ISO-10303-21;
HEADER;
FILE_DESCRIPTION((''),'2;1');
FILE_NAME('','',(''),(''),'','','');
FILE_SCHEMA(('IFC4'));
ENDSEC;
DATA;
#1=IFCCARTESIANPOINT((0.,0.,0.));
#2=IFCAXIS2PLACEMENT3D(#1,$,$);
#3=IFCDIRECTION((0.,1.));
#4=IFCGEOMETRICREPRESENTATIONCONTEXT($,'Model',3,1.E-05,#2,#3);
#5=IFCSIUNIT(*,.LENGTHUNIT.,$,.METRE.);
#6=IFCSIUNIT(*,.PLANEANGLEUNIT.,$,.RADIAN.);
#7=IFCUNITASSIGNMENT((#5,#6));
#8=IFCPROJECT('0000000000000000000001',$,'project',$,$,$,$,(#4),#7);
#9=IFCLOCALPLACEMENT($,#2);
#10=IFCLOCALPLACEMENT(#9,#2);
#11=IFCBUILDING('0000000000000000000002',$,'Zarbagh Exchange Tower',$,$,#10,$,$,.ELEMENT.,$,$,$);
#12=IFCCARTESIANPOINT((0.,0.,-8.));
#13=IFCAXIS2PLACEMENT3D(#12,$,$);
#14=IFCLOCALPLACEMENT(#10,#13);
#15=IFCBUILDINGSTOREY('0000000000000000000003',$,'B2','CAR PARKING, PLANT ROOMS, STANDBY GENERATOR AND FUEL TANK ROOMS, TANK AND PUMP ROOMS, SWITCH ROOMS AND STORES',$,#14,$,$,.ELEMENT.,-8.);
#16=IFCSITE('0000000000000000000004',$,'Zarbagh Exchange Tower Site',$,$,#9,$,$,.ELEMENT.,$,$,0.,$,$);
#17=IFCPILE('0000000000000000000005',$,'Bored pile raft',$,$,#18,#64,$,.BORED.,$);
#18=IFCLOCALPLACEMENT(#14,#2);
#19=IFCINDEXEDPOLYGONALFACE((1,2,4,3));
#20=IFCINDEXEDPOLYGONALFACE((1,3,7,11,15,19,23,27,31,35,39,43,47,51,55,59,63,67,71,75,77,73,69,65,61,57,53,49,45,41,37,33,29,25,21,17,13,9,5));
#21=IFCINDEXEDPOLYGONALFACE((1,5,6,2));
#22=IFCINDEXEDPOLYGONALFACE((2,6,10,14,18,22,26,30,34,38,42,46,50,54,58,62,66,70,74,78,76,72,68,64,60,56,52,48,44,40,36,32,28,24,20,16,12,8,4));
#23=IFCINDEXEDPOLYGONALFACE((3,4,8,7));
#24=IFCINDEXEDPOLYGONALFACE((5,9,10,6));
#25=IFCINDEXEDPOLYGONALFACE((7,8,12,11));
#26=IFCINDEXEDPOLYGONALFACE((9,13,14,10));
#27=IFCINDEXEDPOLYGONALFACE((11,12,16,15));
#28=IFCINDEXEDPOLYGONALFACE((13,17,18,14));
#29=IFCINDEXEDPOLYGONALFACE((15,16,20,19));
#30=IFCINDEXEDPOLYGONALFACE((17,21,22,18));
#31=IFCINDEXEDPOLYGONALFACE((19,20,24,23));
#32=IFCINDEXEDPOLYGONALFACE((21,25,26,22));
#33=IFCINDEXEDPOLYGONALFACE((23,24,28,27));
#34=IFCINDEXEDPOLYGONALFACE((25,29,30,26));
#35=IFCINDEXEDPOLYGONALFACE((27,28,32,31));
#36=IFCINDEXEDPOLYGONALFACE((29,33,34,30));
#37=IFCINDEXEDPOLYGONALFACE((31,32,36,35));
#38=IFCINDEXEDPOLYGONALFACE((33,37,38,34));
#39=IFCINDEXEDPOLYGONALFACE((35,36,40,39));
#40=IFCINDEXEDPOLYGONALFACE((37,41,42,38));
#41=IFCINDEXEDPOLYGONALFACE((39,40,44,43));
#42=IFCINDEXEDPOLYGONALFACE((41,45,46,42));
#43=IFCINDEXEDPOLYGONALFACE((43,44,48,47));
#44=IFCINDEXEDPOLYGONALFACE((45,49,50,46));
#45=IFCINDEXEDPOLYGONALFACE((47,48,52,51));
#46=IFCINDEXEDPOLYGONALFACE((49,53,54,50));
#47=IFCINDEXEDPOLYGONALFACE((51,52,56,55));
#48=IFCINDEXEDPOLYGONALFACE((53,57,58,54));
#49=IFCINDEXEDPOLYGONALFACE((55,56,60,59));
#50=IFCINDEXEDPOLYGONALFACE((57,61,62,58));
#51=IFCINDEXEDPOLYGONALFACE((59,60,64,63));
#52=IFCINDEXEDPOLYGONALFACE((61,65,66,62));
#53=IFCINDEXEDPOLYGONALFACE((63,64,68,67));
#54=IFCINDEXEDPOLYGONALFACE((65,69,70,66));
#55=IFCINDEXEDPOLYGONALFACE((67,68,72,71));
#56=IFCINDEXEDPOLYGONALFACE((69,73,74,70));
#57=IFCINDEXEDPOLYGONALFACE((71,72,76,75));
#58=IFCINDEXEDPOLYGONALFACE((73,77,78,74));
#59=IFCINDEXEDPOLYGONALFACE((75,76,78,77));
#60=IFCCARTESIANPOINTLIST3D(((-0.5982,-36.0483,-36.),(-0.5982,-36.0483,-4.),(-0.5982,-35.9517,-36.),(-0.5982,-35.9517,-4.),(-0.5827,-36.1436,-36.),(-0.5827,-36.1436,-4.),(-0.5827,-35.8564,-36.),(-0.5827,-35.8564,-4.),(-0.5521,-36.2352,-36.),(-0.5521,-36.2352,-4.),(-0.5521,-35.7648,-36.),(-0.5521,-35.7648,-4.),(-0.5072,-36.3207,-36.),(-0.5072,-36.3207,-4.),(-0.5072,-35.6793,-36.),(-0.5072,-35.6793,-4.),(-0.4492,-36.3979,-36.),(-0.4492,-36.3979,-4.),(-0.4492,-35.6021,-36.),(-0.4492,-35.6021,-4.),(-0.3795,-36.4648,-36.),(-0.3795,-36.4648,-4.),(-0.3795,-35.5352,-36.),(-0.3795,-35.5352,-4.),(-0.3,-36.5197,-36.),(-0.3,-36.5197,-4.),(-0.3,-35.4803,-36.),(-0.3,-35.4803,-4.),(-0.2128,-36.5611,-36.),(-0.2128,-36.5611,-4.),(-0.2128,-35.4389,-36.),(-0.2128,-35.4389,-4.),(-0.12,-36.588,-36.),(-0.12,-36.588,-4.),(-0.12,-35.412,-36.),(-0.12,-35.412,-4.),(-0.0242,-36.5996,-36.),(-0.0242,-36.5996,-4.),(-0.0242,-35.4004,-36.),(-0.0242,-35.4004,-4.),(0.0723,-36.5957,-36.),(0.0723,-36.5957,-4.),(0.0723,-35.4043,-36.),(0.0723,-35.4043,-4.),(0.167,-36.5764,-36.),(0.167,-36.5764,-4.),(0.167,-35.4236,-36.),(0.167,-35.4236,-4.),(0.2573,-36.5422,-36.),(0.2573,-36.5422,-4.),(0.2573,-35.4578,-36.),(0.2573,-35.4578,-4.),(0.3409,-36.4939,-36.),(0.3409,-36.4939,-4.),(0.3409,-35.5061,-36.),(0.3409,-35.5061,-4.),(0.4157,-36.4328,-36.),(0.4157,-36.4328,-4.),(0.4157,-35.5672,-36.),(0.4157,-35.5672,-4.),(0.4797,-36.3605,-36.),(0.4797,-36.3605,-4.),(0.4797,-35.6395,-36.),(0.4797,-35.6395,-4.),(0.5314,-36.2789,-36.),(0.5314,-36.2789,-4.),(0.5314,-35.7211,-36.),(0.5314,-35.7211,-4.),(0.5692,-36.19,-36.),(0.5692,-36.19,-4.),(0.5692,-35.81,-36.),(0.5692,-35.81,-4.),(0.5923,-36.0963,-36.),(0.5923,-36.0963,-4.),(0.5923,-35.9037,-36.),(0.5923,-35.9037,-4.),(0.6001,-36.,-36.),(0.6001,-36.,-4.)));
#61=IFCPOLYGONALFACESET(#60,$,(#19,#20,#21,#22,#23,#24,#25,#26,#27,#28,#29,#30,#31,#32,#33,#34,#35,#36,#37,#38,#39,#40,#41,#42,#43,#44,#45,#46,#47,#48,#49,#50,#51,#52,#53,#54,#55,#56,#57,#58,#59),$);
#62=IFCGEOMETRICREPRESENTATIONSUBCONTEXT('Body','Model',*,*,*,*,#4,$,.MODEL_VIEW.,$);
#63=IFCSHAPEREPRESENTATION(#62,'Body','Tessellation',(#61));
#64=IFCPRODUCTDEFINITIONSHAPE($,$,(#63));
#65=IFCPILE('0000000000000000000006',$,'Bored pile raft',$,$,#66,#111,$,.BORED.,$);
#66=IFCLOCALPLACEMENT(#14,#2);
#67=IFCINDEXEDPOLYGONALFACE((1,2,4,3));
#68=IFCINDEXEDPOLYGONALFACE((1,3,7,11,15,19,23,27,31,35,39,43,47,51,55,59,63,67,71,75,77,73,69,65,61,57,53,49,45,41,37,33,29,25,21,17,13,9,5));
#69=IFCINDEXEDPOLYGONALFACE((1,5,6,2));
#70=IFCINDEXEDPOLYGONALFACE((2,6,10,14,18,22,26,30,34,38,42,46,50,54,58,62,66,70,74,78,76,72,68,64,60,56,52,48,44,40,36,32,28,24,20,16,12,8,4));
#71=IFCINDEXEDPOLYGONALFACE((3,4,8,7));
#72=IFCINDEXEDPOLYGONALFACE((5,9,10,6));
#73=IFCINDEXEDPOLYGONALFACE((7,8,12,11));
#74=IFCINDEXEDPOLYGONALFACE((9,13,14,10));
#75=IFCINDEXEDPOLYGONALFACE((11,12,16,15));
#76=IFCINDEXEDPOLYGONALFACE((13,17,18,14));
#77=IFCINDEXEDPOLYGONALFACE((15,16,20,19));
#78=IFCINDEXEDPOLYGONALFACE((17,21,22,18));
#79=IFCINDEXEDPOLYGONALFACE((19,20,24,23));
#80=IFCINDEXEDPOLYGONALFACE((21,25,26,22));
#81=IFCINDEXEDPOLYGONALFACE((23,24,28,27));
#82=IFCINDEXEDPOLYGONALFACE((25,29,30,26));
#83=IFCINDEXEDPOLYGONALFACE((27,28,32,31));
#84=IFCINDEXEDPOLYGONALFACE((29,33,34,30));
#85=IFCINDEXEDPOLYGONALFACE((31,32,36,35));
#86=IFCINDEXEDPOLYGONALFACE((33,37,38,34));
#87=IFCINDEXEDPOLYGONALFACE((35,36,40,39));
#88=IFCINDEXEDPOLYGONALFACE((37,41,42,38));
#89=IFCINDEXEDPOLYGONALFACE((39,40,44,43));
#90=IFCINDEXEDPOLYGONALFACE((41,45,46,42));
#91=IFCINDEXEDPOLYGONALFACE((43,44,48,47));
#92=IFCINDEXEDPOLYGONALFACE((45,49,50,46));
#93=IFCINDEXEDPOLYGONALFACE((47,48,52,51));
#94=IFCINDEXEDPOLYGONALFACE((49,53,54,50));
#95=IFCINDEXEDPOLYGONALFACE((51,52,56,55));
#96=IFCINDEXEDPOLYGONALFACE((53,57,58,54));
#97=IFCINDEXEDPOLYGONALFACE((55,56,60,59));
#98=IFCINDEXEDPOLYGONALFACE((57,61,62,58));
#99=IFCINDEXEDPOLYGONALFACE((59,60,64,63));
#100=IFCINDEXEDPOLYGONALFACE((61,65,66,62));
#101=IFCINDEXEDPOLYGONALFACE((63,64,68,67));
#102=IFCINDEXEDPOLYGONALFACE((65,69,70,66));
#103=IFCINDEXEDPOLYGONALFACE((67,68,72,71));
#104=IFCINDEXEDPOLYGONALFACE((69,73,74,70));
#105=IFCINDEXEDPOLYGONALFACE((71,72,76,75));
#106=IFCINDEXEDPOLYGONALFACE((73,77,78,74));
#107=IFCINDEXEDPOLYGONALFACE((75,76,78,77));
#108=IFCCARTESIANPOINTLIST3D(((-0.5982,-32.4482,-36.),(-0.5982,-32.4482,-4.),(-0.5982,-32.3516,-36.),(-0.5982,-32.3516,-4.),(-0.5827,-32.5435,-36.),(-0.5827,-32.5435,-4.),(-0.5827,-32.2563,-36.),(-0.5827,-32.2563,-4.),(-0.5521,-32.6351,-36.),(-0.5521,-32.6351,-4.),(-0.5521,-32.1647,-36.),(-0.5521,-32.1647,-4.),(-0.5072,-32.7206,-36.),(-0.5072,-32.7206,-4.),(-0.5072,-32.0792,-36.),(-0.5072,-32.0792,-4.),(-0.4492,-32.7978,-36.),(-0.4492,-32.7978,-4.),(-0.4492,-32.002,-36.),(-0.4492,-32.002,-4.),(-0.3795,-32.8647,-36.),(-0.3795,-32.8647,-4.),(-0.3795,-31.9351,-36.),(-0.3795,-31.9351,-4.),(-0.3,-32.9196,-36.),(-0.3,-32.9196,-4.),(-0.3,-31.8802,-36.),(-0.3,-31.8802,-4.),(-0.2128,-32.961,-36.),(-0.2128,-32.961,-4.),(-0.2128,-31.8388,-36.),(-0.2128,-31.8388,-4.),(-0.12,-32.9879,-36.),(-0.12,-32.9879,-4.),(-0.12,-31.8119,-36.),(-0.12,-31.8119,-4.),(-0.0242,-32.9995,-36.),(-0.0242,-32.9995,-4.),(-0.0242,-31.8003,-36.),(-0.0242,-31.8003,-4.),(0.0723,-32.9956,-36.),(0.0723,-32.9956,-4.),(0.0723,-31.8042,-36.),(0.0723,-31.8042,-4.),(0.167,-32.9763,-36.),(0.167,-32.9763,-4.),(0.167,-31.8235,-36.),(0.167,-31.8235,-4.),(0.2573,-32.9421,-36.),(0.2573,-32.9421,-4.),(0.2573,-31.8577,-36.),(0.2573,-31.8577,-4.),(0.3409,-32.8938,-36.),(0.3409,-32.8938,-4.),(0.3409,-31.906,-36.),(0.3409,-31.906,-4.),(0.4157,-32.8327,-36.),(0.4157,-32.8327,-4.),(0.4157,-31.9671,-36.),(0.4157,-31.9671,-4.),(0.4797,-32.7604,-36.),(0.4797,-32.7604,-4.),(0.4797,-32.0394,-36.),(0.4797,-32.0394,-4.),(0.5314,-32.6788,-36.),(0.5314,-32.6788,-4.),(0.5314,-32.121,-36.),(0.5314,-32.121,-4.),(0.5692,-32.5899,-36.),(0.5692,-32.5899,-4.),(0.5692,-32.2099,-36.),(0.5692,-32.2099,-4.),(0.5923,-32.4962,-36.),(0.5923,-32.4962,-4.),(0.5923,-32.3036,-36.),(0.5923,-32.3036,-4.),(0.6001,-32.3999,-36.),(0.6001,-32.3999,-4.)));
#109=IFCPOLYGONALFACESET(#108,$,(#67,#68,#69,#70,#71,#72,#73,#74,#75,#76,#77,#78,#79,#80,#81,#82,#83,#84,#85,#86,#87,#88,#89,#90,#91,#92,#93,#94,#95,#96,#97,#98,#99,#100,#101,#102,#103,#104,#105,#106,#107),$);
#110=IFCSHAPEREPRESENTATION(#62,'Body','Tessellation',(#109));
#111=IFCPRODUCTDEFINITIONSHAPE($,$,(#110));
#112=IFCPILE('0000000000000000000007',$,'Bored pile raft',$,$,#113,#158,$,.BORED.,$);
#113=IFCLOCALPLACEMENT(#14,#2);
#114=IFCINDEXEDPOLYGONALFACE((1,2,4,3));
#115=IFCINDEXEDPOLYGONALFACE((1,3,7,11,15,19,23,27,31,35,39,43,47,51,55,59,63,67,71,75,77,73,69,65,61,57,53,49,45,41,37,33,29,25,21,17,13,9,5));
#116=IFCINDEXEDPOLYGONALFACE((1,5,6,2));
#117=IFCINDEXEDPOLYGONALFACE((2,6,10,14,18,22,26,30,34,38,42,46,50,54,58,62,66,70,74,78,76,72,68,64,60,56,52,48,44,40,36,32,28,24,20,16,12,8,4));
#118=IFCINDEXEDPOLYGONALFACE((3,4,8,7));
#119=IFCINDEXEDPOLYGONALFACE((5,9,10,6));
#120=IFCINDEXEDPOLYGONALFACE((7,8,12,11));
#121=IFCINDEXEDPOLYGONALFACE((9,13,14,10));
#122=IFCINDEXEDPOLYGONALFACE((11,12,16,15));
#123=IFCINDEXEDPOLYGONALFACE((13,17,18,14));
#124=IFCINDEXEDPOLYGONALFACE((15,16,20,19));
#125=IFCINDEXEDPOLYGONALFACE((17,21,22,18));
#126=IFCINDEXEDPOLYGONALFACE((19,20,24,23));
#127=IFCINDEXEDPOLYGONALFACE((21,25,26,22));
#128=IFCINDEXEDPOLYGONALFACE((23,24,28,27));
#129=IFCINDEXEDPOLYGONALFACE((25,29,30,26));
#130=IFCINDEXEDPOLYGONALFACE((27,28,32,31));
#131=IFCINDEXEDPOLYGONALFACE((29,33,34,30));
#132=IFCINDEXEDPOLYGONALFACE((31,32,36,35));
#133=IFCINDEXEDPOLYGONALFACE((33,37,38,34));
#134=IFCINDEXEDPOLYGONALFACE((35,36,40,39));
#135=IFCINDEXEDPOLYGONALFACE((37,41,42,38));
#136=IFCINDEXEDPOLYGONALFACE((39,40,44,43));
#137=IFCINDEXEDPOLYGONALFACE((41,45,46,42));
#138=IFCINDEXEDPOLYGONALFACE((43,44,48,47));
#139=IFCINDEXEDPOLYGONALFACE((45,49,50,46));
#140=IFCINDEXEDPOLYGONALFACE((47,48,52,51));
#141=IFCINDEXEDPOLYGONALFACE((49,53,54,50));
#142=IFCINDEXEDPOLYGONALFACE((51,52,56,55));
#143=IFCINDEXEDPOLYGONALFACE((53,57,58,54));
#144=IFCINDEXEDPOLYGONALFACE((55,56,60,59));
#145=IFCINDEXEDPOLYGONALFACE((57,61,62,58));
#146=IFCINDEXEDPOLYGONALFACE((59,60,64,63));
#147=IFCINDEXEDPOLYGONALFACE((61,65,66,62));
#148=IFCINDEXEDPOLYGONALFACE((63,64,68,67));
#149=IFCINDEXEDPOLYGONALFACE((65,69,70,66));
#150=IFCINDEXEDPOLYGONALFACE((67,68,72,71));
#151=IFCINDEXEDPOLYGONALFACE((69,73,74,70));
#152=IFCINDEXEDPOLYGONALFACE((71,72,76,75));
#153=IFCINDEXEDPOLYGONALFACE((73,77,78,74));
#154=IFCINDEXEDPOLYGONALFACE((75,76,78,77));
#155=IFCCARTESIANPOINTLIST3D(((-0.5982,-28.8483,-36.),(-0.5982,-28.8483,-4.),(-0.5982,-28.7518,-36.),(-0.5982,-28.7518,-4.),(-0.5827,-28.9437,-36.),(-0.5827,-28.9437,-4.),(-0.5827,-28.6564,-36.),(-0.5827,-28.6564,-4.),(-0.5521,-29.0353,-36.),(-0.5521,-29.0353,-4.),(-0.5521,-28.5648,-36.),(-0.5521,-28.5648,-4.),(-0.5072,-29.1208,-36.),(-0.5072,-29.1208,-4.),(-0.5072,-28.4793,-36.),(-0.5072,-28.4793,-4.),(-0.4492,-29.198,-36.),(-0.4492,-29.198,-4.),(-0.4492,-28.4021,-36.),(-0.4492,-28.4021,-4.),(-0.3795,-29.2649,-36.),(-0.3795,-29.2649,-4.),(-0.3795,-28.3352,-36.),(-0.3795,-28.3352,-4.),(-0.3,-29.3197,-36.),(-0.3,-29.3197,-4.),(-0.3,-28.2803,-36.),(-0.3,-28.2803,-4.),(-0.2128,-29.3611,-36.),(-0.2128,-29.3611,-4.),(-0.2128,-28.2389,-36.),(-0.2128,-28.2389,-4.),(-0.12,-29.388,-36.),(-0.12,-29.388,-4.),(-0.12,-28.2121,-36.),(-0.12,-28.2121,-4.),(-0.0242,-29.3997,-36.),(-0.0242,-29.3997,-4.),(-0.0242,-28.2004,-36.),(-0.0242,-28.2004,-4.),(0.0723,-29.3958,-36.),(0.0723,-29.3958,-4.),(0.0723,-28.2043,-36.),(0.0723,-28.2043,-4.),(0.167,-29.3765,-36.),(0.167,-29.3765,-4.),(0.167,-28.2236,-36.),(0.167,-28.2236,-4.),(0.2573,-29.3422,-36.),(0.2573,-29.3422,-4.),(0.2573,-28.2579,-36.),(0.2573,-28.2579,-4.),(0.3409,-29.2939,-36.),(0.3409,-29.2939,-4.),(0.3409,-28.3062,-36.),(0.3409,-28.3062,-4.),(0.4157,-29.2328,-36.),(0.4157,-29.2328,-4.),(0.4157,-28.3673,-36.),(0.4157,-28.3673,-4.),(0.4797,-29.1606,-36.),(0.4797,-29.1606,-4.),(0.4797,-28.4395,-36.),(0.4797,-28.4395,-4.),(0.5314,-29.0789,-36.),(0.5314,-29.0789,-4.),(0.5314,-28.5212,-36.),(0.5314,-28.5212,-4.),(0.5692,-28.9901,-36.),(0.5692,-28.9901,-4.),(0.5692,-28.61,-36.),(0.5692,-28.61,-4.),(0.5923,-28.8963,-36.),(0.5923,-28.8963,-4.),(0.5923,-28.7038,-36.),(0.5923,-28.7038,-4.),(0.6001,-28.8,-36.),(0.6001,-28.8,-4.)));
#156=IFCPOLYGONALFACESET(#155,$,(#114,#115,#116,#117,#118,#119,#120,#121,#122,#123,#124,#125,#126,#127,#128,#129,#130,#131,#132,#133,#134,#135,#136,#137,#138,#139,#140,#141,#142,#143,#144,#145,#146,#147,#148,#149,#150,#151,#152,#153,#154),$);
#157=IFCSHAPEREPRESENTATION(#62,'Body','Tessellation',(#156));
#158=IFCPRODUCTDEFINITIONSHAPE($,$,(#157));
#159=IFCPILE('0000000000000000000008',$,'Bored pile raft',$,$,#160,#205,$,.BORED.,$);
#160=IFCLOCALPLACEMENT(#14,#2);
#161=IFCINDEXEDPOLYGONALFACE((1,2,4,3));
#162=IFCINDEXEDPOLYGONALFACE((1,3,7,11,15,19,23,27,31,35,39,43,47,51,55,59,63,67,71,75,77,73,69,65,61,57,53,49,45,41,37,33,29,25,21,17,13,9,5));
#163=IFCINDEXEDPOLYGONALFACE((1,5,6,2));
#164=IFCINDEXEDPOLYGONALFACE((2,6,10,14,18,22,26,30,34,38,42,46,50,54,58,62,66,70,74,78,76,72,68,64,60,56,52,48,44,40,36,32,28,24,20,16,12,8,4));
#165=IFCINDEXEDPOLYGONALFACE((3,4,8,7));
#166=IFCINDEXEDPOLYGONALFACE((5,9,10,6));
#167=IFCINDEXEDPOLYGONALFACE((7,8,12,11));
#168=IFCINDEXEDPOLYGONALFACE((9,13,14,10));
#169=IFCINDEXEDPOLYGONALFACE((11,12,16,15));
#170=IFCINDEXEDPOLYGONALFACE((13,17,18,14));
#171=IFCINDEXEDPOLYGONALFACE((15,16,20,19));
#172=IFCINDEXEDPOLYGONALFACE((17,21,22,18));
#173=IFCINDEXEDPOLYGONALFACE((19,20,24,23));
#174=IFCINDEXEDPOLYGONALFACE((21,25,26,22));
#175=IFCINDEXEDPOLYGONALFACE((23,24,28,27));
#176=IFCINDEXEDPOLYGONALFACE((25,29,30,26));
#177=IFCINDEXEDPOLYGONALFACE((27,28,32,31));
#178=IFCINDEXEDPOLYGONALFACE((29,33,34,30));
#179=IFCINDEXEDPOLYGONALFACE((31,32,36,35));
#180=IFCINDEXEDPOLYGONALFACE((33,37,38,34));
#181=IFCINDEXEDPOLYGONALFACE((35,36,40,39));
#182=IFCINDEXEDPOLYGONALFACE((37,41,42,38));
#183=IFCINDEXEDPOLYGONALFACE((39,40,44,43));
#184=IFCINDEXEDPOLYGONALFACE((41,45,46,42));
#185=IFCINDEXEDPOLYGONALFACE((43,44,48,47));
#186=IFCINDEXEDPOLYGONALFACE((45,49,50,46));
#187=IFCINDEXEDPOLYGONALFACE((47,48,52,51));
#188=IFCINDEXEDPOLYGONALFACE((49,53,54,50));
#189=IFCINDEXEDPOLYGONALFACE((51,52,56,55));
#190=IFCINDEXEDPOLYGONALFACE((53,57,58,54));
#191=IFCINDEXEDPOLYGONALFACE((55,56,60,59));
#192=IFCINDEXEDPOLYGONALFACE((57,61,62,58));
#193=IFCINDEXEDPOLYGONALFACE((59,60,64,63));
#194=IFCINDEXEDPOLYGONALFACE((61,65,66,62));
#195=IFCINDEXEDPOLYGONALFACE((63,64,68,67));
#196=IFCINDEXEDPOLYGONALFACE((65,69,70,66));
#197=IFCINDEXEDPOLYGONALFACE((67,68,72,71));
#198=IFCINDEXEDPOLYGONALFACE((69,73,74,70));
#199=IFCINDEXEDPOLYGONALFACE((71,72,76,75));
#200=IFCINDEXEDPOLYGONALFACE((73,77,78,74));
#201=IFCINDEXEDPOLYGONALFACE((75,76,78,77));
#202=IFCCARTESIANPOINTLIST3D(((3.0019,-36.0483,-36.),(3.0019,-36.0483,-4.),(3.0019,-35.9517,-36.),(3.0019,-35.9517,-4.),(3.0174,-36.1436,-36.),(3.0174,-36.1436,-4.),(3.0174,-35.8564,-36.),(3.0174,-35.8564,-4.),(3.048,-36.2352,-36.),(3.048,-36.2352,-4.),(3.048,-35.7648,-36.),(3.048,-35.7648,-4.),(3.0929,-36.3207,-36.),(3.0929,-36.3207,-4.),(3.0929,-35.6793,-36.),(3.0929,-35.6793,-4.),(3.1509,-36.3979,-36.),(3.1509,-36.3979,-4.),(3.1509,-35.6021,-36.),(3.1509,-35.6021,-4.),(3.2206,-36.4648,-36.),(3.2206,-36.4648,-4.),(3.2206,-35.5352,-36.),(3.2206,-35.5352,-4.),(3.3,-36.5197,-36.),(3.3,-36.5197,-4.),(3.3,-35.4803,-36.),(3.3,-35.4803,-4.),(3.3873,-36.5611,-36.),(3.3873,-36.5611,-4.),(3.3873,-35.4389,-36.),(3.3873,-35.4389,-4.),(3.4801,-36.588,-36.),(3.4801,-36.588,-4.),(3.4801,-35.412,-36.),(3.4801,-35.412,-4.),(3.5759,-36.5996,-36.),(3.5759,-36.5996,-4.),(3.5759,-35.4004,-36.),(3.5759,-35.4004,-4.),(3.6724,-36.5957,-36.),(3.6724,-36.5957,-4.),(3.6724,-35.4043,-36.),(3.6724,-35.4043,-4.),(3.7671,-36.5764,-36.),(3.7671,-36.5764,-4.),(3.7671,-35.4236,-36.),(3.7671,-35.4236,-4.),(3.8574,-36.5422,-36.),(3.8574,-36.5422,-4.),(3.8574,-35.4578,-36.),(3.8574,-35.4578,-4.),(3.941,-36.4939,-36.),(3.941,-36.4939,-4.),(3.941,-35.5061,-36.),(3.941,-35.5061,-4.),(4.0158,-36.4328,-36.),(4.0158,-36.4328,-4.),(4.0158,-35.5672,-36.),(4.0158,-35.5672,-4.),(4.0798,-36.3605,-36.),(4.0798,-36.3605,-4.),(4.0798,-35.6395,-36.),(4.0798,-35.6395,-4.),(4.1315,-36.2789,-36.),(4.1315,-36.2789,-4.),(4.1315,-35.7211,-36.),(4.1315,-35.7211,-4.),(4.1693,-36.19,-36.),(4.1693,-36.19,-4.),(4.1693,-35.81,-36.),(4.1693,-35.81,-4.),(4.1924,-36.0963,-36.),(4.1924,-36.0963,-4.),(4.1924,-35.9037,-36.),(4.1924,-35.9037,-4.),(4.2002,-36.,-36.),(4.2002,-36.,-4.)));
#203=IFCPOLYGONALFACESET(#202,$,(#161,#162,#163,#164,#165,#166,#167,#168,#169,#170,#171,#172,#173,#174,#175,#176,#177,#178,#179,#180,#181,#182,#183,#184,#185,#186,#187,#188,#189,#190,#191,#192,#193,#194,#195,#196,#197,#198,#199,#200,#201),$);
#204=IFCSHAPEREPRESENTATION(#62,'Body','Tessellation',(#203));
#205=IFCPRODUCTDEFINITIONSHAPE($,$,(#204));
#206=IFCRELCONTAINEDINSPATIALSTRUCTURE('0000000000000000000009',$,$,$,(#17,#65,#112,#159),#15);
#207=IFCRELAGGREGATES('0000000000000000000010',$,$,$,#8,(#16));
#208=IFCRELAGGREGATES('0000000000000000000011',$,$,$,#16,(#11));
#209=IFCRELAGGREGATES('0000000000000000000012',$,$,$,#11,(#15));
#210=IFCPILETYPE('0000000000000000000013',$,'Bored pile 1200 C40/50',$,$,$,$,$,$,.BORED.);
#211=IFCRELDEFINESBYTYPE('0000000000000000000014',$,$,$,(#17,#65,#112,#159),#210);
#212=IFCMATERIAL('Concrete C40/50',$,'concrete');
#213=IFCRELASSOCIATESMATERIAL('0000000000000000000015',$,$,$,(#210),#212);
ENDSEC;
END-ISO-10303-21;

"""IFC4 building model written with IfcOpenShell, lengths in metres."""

from ifc_helpers import new_model, si_unit, direction, frame, origin, origin_2d, place, context, subcontext, project, spatial, circle, extrude, material, material_profile, profile_set, type_object, element, save


model = new_model("IFC4")

# Units and contexts
model_context = context("Model", 3, precision=1e-05, world=origin(), true_north=direction((0.0, 1.0)))
body_context = subcontext(model_context, "Body", "Model", "MODEL_VIEW")
ifc_project = project(units=[si_unit("LENGTHUNIT", "METRE"), si_unit("PLANEANGLEUNIT", "RADIAN")], contexts=[model_context])

# Site, building, storey
site_placement = place(None, origin())
site = spatial("IfcSite", under=ifc_project, at=site_placement, Name="Zarbagh Exchange Tower Site", CompositionType="ELEMENT", RefElevation=0.0)
building_placement = place(site_placement, origin())
building = spatial("IfcBuilding", under=site, at=building_placement, Name="Zarbagh Exchange Tower", CompositionType="ELEMENT")
storey_placement = place(building_placement, frame((0.0, 0.0, -8.0)))
storey = spatial("IfcBuildingStorey", under=building, at=storey_placement, Name="B2", Description="CAR PARKING, PLANT ROOMS, STANDBY GENERATOR AND FUEL TANK ROOMS, TANK AND PUMP ROOMS, SWITCH ROOMS AND STORES", CompositionType="ELEMENT", Elevation=-8.0)

# Piles
ifc_material_1 = material(Name="Concrete C40/50", Category="concrete")
ifc_material_profile_1 = material_profile(ifc_material_1, circle(Radius=0.6001, at=origin_2d()), Name="Bored pile 1200 C40/50")
ifc_profile_set_1 = profile_set([ifc_material_profile_1], Name="Concrete C40/50")
pile_type = type_object("IfcPileType", Name="Bored pile 1200 C40/50", PredefinedType="BORED", material=ifc_profile_set_1)
for number, where, z_axis, x_axis, name in (
    (1, (0.0, -36.0, -4.0), (0.0, 0.0, -1.0), (1.0, 0.0, 0.0), "Bored pile raft"),
    (2, (0.0, -32.3999, -4.0), (0.0, 0.0, -1.0), (1.0, 0.0, 0.0), "Bored pile raft"),
    (3, (0.0, -28.8, -4.0), (0.0, 0.0, -1.0), (1.0, 0.0, 0.0), "Bored pile raft"),
    (4, (3.6001, -36.0, -4.0), (0.0, 0.0, -1.0), (1.0, 0.0, 0.0), "Bored pile raft"),
):
    element("IfcPile", number, at=place(storey_placement, frame(where, z_axis=z_axis, x_axis=x_axis)), inside=storey, type_object=pile_type, Name=name, PredefinedType="BORED", context=body_context, shape_type="SweptSolid", body=[
        extrude(circle(Radius=0.6001, at=origin_2d()), origin(), (0.0, 0.0, 1.0), 32.0),
    ])

save(model, "model.ifc")
